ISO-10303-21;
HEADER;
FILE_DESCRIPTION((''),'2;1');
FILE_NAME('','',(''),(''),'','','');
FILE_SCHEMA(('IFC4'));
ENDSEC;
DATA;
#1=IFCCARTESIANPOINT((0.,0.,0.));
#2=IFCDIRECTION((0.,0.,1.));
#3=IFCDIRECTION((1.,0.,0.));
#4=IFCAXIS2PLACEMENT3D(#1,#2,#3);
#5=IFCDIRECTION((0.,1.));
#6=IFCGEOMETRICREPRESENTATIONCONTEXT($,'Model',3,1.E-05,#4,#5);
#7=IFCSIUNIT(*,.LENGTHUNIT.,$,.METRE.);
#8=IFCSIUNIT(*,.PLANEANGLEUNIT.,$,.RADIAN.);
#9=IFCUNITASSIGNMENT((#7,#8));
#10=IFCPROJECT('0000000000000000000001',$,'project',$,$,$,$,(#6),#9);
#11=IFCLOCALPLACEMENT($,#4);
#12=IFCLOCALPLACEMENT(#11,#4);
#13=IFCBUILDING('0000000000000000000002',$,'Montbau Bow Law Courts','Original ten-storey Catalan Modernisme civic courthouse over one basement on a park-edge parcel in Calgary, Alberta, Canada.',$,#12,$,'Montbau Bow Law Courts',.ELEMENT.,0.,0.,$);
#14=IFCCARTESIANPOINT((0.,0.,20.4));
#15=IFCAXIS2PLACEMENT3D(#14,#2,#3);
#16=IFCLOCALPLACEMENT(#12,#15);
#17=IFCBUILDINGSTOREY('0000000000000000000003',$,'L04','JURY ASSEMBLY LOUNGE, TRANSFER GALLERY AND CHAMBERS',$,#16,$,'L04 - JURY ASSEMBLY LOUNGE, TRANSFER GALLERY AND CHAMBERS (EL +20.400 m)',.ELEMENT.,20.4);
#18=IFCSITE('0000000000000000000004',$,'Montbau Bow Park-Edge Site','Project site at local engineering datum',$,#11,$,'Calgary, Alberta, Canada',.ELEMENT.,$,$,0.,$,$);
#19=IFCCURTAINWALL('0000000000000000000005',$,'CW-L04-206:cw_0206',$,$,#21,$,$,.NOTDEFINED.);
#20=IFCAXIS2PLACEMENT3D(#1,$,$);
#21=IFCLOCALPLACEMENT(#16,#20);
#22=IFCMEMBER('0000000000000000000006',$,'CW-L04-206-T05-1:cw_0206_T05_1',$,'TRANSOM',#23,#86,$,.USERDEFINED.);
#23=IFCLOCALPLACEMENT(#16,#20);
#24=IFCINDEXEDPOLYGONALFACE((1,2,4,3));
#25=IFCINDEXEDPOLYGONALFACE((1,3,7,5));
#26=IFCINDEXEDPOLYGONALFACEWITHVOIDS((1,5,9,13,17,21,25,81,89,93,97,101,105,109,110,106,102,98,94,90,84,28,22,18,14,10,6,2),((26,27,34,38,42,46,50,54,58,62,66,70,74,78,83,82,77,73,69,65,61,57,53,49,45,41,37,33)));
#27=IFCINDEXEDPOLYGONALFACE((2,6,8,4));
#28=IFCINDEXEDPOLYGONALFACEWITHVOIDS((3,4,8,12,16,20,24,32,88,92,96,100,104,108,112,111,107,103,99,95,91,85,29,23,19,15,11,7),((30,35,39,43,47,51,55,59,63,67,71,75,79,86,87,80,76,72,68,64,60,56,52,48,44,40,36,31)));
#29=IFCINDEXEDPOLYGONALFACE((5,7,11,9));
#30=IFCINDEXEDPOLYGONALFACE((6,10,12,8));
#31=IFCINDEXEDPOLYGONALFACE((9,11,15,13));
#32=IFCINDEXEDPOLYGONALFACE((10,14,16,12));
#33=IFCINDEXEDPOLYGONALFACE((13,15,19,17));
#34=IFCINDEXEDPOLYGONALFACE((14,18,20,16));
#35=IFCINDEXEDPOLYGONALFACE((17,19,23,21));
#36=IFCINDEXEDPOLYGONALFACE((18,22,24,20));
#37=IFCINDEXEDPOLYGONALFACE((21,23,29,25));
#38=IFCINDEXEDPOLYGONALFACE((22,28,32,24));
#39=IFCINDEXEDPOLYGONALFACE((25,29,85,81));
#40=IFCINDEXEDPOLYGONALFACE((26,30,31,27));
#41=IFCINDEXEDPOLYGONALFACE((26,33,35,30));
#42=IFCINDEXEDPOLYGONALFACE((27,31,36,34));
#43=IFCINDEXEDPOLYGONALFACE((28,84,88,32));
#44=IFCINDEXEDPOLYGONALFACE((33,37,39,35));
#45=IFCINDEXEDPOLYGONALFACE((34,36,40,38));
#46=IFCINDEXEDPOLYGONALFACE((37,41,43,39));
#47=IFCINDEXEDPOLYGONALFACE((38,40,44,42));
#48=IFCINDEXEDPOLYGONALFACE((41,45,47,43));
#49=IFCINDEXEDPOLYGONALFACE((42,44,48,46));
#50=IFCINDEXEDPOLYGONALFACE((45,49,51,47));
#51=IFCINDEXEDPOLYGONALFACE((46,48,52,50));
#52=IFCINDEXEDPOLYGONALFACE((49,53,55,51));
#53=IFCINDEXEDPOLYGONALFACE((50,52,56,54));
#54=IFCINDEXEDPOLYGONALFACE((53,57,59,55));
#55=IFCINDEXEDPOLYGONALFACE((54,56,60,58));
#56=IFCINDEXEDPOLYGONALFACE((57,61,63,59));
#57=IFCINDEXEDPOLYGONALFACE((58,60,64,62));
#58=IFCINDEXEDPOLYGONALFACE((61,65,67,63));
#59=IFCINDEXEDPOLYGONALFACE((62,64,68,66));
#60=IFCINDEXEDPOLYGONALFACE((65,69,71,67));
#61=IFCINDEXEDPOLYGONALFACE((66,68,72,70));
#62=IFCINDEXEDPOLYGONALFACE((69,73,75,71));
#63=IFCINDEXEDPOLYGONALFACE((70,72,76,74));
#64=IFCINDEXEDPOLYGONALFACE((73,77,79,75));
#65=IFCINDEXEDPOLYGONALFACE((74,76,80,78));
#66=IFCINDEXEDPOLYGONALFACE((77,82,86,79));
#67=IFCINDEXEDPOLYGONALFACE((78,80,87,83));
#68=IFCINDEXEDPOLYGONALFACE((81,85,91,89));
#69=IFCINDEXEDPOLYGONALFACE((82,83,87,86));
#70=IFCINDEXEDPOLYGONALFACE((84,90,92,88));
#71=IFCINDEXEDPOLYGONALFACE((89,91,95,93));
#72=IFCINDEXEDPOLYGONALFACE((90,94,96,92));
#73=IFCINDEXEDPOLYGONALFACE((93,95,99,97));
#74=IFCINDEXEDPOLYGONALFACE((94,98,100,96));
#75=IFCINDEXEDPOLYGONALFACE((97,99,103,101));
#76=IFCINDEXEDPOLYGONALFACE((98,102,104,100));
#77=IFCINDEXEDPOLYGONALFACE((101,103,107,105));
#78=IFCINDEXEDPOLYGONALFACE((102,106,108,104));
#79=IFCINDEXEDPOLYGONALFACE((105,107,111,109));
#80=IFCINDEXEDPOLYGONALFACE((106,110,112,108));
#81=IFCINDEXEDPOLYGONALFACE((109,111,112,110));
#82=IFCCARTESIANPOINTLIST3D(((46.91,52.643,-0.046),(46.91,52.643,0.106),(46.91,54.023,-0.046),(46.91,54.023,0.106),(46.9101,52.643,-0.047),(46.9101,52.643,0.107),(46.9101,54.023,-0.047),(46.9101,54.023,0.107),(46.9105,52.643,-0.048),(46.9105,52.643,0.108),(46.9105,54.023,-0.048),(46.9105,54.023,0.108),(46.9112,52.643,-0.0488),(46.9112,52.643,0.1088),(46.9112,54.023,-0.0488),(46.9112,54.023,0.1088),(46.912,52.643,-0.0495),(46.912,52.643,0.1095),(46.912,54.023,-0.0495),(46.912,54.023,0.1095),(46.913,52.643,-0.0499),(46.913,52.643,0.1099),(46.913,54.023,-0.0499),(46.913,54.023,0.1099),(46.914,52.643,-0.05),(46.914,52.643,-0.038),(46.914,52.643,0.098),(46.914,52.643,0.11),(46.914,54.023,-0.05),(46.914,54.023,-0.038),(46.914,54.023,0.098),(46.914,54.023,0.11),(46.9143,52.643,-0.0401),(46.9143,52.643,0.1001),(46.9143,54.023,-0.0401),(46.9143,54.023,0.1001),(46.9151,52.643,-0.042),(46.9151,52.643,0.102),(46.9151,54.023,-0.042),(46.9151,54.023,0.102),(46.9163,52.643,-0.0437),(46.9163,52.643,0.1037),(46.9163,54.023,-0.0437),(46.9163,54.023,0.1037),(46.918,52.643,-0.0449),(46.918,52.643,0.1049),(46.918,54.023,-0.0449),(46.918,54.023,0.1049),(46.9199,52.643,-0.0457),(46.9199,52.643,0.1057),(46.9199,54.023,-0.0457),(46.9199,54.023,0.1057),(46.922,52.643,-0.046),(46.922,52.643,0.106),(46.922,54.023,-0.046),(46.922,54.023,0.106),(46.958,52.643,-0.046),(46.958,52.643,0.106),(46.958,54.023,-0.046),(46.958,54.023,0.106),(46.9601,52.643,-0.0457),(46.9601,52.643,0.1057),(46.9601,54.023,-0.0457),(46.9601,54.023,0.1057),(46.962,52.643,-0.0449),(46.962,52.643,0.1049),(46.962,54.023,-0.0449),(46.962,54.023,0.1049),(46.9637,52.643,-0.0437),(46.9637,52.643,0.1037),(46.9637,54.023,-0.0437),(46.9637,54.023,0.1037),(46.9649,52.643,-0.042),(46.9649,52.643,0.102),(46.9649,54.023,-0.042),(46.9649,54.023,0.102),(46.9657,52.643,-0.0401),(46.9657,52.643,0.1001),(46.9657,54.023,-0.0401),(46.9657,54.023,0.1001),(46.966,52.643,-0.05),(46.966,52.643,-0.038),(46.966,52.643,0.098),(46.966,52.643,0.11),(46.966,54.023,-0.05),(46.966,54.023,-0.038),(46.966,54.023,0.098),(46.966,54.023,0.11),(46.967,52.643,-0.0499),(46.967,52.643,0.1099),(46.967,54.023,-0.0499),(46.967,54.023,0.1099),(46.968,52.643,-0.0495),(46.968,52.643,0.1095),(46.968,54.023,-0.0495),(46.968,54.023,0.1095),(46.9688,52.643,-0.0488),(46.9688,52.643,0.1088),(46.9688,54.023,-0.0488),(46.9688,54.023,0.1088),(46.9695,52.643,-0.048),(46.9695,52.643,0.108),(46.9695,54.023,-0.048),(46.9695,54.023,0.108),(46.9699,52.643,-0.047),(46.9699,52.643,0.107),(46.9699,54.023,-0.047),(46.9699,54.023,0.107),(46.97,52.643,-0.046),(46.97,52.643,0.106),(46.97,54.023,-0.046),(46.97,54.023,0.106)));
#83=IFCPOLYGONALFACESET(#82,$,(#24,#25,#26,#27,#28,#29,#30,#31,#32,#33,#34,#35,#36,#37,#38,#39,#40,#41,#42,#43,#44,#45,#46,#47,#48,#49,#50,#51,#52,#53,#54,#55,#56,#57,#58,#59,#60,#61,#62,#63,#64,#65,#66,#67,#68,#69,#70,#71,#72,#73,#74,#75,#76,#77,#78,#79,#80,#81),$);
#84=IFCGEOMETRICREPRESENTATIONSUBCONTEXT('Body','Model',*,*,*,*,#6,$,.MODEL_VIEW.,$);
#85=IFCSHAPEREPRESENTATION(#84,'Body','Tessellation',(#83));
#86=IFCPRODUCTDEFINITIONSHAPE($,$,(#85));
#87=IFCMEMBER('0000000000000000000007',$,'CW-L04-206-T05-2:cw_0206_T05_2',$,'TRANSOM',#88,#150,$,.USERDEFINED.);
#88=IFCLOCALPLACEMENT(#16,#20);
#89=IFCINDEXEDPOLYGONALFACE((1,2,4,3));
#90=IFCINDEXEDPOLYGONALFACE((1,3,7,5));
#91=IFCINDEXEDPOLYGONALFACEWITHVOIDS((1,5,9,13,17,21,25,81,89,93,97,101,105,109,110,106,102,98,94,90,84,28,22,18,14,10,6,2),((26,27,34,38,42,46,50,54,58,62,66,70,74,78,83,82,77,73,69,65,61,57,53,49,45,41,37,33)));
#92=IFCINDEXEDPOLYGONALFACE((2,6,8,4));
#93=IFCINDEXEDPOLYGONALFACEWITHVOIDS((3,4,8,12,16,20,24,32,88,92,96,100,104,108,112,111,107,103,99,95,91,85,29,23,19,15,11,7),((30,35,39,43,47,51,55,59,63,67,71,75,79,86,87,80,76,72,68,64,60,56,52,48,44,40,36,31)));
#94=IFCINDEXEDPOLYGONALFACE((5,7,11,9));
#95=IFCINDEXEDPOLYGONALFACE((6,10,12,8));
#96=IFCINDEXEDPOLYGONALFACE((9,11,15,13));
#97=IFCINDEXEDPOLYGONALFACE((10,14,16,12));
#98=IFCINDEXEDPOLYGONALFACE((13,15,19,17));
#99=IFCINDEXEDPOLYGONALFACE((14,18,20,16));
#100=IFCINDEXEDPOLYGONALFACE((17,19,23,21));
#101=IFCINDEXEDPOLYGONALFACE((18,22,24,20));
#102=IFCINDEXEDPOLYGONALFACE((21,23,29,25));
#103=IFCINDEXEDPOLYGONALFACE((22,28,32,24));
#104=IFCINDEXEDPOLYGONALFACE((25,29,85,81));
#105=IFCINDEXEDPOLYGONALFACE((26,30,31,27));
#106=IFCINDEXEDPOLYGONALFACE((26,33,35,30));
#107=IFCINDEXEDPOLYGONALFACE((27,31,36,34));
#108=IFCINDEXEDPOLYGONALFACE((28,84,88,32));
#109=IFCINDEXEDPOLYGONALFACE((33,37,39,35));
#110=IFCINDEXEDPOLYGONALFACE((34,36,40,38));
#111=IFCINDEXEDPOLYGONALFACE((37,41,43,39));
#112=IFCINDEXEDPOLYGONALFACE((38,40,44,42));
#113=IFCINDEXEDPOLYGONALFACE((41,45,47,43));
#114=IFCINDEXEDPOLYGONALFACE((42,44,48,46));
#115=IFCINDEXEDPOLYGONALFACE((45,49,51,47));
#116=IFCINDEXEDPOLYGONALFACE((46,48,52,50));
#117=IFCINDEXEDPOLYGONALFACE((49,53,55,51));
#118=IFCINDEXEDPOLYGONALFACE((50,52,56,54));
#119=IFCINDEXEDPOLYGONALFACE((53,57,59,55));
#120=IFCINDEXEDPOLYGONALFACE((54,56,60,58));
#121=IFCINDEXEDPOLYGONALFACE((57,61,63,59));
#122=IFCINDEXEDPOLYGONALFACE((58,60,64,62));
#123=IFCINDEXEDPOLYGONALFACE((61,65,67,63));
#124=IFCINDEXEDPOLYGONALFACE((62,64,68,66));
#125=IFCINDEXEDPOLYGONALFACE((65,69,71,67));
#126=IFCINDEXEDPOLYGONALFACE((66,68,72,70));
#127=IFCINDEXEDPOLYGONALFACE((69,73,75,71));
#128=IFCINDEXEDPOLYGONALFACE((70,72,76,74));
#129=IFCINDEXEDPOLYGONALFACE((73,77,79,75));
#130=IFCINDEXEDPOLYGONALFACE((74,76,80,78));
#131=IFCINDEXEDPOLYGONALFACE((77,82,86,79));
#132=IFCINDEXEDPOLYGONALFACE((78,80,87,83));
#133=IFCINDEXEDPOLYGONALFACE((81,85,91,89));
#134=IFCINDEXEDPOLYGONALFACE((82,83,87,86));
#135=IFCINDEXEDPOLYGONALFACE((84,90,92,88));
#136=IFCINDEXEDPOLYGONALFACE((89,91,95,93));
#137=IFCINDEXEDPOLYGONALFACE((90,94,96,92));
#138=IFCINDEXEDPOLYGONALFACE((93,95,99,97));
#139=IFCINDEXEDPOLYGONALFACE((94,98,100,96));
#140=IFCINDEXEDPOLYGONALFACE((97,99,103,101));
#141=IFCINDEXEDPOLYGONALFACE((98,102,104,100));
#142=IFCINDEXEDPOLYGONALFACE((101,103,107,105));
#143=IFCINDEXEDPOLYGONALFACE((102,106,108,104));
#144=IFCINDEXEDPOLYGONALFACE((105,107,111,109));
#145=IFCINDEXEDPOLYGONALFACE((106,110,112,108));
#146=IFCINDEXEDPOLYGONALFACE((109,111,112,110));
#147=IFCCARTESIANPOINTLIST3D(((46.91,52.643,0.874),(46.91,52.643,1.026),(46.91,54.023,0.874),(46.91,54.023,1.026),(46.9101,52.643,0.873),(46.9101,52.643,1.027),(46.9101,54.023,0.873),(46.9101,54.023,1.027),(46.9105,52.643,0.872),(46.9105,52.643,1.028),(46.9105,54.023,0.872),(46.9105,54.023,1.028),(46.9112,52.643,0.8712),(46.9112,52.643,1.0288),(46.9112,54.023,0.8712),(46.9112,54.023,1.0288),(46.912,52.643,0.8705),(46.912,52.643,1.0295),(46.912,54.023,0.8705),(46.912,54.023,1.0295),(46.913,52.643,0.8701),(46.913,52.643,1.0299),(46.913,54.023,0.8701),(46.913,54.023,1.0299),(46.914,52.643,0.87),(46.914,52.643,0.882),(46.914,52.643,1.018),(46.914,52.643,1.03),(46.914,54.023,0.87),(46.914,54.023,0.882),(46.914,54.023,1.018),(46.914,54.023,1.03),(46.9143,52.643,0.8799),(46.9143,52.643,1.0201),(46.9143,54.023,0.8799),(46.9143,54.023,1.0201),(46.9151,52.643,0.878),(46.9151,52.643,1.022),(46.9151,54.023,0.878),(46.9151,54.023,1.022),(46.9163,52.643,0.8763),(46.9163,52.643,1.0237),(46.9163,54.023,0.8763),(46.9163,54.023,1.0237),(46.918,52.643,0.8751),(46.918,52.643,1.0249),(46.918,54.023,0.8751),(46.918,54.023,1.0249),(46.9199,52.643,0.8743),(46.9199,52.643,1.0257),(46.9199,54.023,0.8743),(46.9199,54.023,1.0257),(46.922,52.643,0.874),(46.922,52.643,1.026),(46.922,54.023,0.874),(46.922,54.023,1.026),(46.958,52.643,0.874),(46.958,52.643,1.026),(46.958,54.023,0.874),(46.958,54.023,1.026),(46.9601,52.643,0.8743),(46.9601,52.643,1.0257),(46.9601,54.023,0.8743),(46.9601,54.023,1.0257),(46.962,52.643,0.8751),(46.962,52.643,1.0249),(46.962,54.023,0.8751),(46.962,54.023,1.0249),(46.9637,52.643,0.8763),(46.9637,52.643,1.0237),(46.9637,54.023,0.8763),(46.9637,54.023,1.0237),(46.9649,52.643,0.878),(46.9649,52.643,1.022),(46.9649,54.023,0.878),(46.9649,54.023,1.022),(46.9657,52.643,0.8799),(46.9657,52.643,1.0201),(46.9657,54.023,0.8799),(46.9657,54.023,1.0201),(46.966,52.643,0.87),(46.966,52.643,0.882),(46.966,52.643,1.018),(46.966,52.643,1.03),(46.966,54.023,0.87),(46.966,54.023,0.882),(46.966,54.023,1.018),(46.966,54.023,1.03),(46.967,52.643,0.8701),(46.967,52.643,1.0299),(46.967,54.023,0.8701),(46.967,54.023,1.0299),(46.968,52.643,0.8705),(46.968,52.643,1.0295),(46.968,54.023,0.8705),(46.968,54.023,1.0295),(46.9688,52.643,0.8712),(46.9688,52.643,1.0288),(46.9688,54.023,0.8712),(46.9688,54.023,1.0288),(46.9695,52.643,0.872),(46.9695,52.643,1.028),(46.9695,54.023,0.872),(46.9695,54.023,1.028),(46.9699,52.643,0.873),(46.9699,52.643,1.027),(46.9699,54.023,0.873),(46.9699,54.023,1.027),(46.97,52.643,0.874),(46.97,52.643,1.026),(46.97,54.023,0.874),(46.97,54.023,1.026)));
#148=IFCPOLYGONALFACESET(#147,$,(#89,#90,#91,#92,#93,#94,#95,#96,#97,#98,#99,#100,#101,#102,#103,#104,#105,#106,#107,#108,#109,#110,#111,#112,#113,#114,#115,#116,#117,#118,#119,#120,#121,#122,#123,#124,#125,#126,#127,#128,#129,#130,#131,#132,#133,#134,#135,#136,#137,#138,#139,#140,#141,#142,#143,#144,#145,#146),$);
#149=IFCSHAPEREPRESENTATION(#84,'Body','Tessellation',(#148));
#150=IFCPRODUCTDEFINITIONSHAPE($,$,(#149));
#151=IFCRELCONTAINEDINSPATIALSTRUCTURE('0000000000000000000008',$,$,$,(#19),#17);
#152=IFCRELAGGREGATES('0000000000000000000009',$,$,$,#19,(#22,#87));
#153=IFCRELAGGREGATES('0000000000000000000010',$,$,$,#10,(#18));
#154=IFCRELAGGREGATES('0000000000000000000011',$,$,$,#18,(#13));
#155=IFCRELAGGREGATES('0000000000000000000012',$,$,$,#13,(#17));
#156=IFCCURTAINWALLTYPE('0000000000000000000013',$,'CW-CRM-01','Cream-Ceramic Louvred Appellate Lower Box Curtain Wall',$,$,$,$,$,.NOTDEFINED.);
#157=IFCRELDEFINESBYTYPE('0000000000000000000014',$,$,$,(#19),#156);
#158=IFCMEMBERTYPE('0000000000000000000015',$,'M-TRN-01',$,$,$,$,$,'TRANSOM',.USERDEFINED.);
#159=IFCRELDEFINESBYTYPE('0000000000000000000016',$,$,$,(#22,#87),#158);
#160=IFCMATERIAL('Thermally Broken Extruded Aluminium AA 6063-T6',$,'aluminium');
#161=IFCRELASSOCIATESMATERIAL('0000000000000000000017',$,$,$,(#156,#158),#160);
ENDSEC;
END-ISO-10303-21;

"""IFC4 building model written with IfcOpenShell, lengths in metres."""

from ifc_helpers import new_model, si_unit, direction, frame, origin_with_axes, origin_2d_with_axis, place, context, subcontext, project, spatial, hollow_rectangle, extrude, material, material_profile, profile_set, type_object, element, aggregate, save


model = new_model("IFC4")

# Units and contexts
model_context = context("Model", 3, precision=1e-05, world=origin_with_axes(), true_north=direction((0.0, 1.0)))
body_context = subcontext(model_context, "Body", "Model", "MODEL_VIEW")
ifc_project = project(units=[si_unit("LENGTHUNIT", "METRE"), si_unit("PLANEANGLEUNIT", "RADIAN")], contexts=[model_context])

# Site, building, storey
site_placement = place(None, origin_with_axes())
site = spatial("IfcSite", under=ifc_project, at=site_placement, Name="Montbau Bow Park-Edge Site", Description="Project site at local engineering datum", LongName="Calgary, Alberta, Canada", CompositionType="ELEMENT", RefElevation=0.0)
building_placement = place(site_placement, origin_with_axes())
building = spatial("IfcBuilding", under=site, at=building_placement, Name="Montbau Bow Law Courts", Description="Original ten-storey Catalan Modernisme civic courthouse over one basement on a park-edge parcel in Calgary, Alberta, Canada.", LongName="Montbau Bow Law Courts", CompositionType="ELEMENT", ElevationOfRefHeight=0.0, ElevationOfTerrain=0.0)
storey_placement = place(building_placement, frame((0.0, 0.0, 20.4), z_axis=(0.0, 0.0, 1.0), x_axis=(1.0, 0.0, 0.0)))
storey = spatial("IfcBuildingStorey", under=building, at=storey_placement, Name="L04", Description="JURY ASSEMBLY LOUNGE, TRANSFER GALLERY AND CHAMBERS", LongName="L04 - JURY ASSEMBLY LOUNGE, TRANSFER GALLERY AND CHAMBERS (EL +20.400 m)", CompositionType="ELEMENT", Elevation=20.4)

# Curtain wall, members
ifc_material_1 = material(Name="Thermally Broken Extruded Aluminium AA 6063-T6", Category="aluminium")
curtain_wall_type = type_object("IfcCurtainWallType", Name="CW-CRM-01", Description="Cream-Ceramic Louvred Appellate Lower Box Curtain Wall", PredefinedType="NOTDEFINED", material=ifc_material_1)
curtain_wall_1_placement = place(None, frame((46.94, 46.715, 20.4), z_axis=(0.0, 0.0, 1.0), x_axis=(1.0, 0.0, 0.0)))
curtain_wall_1 = element("IfcCurtainWall", 1, at=curtain_wall_1_placement, inside=storey, type_object=curtain_wall_type, Name="CW-L04-206:cw_0206", PredefinedType="NOTDEFINED")
ifc_material_profile_1 = material_profile(ifc_material_1, hollow_rectangle(XDim=0.06, YDim=0.16, WallThickness=0.004, InnerFilletRadius=0.008, OuterFilletRadius=0.004, at=origin_2d_with_axis()), Name="CWT-160X60", Category="Main", Priority=0)
ifc_profile_set_1 = profile_set([ifc_material_profile_1], Name="Thermally Broken Extruded Aluminium AA 6063-T6")
member_type_1 = type_object("IfcMemberType", Name="M-TRN-01", ElementType="TRANSOM", PredefinedType="USERDEFINED", material=ifc_profile_set_1)
member_1_placement = place(None, frame((46.94, 52.643, 20.43), z_axis=(0.0, 1.0, 0.0), x_axis=(-1.0, 0.0, 0.0)))
member_1 = element("IfcMember", 2, at=member_1_placement, type_object=member_type_1, Name="CW-L04-206-T05-1:cw_0206_T05_1", ObjectType="TRANSOM", PredefinedType="USERDEFINED", context=body_context, shape_type="SweptSolid", body=[
    extrude(hollow_rectangle(XDim=0.06, YDim=0.16, WallThickness=0.004, InnerFilletRadius=0.008, OuterFilletRadius=0.004, at=origin_2d_with_axis()), origin_with_axes(), (0.0, 0.0, 1.0), 1.38),
])
member_2_placement = place(None, frame((46.94, 52.643, 21.35), z_axis=(0.0, 1.0, 0.0), x_axis=(-1.0, 0.0, 0.0)))
member_2 = element("IfcMember", 3, at=member_2_placement, type_object=member_type_1, Name="CW-L04-206-T05-2:cw_0206_T05_2", ObjectType="TRANSOM", PredefinedType="USERDEFINED", context=body_context, shape_type="SweptSolid", body=[
    extrude(hollow_rectangle(XDim=0.06, YDim=0.16, WallThickness=0.004, InnerFilletRadius=0.008, OuterFilletRadius=0.004, at=origin_2d_with_axis()), origin_with_axes(), (0.0, 0.0, 1.0), 1.38),
])

aggregate(curtain_wall_1, [member_1, member_2])

save(model, "model.ifc")
